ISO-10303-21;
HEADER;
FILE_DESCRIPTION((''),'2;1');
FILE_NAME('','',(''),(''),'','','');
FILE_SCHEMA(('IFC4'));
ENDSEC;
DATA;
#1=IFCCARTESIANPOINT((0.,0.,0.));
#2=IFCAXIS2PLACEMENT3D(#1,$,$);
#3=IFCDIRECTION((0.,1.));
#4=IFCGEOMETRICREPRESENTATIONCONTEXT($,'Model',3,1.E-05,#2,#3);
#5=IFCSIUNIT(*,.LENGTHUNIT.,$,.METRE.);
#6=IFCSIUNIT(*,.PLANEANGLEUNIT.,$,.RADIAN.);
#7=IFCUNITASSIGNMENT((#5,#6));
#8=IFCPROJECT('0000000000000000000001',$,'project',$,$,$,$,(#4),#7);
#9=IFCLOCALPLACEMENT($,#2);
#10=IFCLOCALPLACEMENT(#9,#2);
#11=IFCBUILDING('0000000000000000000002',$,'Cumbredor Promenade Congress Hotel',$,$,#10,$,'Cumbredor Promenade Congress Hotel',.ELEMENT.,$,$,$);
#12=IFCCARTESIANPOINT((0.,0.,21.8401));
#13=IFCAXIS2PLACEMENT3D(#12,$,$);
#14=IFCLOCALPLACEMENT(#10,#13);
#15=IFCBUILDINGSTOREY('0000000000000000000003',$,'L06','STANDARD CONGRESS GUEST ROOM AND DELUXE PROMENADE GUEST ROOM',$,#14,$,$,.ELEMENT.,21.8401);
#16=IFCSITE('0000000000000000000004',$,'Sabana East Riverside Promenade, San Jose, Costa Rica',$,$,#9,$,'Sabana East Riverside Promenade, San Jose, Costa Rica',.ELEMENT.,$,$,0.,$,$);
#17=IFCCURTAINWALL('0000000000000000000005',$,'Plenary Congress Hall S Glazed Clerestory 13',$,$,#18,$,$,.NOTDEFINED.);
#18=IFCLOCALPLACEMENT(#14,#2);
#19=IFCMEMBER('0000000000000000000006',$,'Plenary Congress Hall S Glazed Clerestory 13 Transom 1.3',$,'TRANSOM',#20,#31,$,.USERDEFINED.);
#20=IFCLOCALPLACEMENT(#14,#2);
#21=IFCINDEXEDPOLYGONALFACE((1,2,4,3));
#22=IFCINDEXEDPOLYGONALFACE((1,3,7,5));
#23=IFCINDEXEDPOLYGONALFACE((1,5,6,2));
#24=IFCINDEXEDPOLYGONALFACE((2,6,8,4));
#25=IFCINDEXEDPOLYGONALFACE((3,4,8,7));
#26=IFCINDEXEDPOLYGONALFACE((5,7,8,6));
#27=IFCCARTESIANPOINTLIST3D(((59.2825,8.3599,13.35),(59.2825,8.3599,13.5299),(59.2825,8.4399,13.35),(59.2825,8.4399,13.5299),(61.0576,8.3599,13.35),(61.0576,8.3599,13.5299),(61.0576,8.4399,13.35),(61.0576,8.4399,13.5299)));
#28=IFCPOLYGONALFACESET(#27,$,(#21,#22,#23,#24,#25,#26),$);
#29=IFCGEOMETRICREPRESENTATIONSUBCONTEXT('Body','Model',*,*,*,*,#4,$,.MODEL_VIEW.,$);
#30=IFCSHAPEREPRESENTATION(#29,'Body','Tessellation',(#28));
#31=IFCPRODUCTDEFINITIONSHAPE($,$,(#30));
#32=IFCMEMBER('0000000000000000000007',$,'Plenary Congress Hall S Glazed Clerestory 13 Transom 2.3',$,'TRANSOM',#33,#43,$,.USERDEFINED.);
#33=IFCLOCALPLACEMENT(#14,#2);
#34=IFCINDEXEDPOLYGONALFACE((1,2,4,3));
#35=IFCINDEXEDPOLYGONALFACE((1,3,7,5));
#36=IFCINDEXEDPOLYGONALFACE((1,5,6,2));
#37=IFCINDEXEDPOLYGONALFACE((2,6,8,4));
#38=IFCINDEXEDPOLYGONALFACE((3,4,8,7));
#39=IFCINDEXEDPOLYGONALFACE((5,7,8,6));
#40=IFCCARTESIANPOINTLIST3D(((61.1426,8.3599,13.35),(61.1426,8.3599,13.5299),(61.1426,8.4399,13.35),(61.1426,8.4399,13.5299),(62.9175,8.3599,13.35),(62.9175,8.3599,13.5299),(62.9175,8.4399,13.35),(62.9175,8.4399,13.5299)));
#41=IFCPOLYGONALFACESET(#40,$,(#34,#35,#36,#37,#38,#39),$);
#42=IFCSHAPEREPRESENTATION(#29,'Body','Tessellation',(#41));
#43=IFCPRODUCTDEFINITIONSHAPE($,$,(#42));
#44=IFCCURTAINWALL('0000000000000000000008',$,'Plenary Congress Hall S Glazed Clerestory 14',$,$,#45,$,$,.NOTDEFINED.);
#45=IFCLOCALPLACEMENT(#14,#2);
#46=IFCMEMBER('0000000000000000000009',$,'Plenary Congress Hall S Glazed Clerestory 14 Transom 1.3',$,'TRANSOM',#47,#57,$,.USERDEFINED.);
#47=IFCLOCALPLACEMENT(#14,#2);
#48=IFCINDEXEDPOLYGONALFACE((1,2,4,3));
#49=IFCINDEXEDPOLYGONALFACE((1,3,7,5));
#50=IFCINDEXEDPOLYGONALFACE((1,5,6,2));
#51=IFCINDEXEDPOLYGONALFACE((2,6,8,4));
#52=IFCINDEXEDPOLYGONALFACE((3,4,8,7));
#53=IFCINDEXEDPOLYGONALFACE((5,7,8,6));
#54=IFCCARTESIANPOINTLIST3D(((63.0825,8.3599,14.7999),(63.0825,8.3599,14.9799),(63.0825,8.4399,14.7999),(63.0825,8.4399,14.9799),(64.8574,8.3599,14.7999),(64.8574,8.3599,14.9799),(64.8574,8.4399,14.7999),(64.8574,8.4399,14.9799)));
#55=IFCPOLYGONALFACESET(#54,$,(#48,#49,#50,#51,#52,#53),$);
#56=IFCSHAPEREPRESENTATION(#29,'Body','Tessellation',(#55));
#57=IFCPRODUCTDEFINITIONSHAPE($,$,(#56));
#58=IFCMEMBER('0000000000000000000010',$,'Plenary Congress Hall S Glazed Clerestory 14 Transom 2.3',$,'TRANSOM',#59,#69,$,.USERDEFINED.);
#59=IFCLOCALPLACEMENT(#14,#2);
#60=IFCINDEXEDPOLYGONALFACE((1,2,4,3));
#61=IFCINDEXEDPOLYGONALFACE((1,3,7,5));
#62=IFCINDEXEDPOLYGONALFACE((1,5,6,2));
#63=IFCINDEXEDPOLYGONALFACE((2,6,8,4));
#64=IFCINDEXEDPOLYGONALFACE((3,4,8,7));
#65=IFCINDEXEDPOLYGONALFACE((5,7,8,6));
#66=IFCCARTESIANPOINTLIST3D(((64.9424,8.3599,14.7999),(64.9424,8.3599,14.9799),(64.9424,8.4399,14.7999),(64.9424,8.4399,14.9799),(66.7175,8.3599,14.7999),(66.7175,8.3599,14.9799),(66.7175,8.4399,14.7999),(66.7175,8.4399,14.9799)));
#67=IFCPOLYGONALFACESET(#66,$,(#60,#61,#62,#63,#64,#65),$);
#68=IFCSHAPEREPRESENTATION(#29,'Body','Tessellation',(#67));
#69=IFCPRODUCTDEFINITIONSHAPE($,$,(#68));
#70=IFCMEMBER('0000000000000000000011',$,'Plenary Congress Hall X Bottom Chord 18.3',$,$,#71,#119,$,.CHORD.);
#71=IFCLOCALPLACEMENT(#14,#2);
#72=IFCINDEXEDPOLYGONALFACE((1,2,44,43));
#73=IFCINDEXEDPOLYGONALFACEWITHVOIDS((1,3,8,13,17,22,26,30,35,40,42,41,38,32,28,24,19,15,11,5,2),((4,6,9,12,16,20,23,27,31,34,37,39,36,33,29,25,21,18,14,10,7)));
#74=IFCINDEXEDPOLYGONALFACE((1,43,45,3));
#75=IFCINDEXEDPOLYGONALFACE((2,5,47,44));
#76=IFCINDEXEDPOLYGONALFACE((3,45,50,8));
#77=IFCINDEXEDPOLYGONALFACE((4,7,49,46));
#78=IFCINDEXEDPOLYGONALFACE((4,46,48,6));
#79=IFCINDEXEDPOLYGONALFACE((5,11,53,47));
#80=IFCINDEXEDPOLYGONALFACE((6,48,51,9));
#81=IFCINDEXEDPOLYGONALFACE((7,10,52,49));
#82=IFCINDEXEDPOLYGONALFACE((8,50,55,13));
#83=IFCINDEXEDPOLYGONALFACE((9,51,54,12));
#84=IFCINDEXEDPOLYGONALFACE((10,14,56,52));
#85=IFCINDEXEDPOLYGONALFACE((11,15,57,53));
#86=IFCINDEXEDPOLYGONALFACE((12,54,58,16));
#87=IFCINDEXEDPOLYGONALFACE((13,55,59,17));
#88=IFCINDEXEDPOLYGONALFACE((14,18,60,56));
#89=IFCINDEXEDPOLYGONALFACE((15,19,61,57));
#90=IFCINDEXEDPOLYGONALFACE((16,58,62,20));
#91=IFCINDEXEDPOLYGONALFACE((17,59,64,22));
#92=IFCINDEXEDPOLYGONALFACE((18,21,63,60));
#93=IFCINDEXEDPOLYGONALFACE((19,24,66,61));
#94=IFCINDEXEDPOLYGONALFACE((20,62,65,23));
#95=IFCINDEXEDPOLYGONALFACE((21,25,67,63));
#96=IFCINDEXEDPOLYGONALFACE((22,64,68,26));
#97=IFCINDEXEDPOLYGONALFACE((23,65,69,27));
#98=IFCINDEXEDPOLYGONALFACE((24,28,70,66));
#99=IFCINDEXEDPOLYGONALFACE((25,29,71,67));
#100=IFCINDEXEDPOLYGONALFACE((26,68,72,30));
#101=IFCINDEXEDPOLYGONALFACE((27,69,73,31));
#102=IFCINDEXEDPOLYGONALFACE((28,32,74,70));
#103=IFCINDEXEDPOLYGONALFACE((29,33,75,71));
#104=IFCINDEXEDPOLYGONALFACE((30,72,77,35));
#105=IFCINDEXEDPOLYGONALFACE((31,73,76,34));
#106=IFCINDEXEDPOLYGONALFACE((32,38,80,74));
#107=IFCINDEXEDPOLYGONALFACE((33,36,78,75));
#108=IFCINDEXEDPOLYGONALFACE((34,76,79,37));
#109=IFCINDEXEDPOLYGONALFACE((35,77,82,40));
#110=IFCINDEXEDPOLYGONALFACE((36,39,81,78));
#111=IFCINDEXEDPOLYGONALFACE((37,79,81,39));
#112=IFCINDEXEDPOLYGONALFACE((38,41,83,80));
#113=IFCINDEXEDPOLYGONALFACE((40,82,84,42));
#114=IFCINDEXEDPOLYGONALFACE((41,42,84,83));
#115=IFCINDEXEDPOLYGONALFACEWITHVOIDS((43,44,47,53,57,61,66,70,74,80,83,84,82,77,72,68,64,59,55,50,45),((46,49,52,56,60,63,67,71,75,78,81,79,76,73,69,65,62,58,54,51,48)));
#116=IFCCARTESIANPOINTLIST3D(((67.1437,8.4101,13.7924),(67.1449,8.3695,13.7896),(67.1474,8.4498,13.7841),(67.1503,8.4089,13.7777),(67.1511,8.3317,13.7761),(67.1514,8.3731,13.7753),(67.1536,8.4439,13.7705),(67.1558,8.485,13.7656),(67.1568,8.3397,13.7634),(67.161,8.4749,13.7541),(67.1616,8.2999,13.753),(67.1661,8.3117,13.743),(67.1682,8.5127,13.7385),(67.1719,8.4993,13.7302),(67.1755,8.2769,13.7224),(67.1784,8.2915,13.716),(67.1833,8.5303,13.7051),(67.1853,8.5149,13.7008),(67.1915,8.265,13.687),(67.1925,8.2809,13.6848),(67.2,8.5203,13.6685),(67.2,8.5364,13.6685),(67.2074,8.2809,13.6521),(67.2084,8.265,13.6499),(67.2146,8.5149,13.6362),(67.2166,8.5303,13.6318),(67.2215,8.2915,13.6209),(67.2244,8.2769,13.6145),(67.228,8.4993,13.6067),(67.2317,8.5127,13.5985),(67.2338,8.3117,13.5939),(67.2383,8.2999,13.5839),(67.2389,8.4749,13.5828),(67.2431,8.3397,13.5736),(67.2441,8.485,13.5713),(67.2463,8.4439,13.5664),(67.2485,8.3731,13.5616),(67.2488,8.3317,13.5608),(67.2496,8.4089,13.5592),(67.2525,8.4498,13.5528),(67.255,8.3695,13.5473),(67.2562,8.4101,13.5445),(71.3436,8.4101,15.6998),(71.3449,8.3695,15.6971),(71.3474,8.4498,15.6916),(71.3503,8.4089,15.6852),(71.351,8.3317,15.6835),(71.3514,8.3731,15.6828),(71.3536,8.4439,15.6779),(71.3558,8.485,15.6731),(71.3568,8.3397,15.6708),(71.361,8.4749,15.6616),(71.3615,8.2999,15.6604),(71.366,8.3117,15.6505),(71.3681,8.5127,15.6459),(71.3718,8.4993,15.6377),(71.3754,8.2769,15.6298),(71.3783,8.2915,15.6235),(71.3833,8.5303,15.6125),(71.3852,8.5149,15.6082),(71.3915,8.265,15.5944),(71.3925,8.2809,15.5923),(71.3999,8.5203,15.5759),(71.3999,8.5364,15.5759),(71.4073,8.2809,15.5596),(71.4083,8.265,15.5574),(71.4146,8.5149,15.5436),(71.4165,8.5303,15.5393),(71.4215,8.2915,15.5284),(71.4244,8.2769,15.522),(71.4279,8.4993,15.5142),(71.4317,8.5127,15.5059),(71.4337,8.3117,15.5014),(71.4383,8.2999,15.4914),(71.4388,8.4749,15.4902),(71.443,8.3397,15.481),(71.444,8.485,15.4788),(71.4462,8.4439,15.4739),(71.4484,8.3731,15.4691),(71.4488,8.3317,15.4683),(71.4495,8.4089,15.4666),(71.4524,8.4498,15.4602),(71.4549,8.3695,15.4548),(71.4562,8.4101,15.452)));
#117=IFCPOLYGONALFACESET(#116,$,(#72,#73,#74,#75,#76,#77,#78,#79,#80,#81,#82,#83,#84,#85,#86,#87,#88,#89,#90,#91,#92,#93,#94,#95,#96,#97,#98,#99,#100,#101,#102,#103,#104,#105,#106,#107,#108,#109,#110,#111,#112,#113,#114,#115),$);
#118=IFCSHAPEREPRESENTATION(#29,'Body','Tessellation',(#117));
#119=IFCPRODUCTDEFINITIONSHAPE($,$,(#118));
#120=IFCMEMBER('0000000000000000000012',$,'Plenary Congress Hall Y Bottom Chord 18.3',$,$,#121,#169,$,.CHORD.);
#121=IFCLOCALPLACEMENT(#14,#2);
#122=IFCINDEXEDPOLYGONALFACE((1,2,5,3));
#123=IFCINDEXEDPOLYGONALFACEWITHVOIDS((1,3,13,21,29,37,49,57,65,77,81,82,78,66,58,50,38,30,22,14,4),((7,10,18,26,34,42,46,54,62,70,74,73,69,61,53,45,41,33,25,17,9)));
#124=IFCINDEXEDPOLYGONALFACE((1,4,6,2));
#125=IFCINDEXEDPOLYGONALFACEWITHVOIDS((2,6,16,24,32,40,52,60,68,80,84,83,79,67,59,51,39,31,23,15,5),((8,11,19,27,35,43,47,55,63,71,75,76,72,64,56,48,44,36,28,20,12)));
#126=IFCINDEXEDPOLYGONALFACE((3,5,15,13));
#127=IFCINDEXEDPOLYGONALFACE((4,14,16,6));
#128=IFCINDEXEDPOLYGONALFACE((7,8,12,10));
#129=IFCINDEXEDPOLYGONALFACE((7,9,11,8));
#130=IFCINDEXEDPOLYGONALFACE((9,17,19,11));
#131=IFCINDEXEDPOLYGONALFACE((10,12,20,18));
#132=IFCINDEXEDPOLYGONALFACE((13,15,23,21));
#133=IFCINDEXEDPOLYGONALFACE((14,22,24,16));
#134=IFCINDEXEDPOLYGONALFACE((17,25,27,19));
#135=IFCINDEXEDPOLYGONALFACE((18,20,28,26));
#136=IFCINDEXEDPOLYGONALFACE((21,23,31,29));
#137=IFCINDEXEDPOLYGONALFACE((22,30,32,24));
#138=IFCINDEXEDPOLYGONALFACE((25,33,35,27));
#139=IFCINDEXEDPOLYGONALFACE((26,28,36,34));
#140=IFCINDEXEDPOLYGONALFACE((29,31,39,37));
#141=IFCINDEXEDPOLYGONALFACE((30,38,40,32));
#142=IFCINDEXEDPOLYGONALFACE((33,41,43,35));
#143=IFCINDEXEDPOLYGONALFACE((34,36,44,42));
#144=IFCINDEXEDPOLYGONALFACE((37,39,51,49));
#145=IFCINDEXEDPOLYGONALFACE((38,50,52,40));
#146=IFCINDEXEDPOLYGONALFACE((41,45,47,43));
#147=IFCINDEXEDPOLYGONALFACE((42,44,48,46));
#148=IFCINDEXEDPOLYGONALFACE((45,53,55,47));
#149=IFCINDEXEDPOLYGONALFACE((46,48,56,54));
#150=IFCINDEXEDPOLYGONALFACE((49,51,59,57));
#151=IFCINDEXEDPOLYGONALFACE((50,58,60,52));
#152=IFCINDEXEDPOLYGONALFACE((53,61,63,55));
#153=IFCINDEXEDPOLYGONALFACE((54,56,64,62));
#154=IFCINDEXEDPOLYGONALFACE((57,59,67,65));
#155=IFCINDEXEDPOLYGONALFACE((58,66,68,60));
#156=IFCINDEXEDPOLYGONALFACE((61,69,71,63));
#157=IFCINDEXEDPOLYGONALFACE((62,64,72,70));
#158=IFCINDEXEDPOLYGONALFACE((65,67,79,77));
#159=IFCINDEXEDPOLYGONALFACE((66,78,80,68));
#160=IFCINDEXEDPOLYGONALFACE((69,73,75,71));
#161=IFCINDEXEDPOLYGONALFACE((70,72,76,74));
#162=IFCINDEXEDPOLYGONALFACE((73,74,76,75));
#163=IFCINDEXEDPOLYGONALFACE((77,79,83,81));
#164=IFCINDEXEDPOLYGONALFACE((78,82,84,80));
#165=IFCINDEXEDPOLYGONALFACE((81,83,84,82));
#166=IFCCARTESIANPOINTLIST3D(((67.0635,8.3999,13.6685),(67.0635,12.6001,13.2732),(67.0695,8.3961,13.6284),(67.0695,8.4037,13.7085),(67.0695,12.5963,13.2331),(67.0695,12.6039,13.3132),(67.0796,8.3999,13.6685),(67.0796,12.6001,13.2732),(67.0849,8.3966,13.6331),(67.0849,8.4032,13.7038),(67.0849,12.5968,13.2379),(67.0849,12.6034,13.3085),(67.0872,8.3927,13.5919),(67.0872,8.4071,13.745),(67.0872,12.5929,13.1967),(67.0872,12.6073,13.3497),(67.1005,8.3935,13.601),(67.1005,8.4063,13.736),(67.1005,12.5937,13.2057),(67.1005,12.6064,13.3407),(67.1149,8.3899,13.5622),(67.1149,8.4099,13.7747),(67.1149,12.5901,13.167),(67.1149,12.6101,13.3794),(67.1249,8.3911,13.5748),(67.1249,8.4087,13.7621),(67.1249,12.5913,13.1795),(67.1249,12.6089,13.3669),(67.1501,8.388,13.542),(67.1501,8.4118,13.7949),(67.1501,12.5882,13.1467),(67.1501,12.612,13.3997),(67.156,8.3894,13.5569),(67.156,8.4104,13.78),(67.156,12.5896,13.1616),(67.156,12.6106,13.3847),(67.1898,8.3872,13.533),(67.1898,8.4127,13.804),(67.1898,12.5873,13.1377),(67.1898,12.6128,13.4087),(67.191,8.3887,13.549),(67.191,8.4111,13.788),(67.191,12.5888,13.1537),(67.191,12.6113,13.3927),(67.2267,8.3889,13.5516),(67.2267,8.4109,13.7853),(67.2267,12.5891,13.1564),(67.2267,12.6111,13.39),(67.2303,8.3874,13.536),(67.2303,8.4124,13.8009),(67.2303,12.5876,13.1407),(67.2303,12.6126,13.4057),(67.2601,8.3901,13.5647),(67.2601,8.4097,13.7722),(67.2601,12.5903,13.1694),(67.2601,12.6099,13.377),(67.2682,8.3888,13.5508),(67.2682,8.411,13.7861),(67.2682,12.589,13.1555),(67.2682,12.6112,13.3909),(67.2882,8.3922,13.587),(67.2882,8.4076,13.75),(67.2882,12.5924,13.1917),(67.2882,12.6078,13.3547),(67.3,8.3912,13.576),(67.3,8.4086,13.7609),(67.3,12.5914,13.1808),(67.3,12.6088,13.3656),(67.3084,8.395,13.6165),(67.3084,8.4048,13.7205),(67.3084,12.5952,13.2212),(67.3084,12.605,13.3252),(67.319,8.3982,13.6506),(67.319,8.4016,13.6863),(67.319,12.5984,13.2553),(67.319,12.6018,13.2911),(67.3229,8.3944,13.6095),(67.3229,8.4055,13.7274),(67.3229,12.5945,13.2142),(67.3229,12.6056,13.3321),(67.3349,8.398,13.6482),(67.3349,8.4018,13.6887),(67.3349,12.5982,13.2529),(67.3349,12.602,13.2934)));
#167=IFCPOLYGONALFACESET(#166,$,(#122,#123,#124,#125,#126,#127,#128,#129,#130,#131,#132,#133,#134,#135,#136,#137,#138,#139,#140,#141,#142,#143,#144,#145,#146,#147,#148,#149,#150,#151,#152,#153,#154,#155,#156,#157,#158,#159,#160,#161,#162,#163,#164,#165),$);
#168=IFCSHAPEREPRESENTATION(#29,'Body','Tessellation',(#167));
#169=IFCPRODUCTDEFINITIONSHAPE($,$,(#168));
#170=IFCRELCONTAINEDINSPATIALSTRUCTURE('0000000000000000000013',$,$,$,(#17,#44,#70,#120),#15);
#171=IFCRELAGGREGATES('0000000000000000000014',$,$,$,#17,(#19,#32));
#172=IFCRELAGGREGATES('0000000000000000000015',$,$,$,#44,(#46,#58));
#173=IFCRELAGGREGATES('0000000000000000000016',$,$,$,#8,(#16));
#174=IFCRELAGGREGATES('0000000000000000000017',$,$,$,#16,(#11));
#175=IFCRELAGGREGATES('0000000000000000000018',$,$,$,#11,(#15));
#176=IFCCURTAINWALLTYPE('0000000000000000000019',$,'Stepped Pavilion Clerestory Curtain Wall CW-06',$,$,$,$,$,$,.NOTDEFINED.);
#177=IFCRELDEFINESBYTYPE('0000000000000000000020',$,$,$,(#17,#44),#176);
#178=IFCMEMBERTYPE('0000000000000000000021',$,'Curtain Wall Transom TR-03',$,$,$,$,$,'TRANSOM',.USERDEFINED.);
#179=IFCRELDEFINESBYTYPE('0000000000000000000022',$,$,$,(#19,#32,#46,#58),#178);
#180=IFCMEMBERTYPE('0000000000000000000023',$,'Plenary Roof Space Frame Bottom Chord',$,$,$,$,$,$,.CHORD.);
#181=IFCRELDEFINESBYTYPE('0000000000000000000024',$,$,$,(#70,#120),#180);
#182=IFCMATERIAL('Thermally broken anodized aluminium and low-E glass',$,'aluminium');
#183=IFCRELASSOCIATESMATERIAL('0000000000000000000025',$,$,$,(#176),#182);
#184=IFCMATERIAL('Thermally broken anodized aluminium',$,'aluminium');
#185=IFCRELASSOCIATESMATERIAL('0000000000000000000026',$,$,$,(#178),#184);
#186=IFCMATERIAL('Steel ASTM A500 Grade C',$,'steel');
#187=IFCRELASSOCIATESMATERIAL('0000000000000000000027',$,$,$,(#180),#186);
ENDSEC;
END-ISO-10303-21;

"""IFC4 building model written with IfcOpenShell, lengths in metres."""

from ifc_helpers import new_model, si_unit, direction, frame, origin, origin_2d, place, context, subcontext, project, spatial, rectangle, hollow_circle, extrude, material, material_profile, profile_set, type_object, element, aggregate, save


model = new_model("IFC4")

# Units and contexts
model_context = context("Model", 3, precision=1e-05, world=origin(), true_north=direction((0.0, 1.0)))
body_context = subcontext(model_context, "Body", "Model", "MODEL_VIEW")
ifc_project = project(units=[si_unit("LENGTHUNIT", "METRE"), si_unit("PLANEANGLEUNIT", "RADIAN")], contexts=[model_context])

# Site, building, storey
site_placement = place(None, origin())
site = spatial("IfcSite", under=ifc_project, at=site_placement, Name="Sabana East Riverside Promenade, San Jose, Costa Rica", LongName="Sabana East Riverside Promenade, San Jose, Costa Rica", CompositionType="ELEMENT", RefElevation=0.0)
building_placement = place(site_placement, origin())
building = spatial("IfcBuilding", under=site, at=building_placement, Name="Cumbredor Promenade Congress Hotel", LongName="Cumbredor Promenade Congress Hotel", CompositionType="ELEMENT")
storey_placement = place(building_placement, frame((0.0, 0.0, 21.8401)))
storey = spatial("IfcBuildingStorey", under=building, at=storey_placement, Name="L06", Description="STANDARD CONGRESS GUEST ROOM AND DELUXE PROMENADE GUEST ROOM", CompositionType="ELEMENT", Elevation=21.8401)

# Curtain walls, members
ifc_material_1 = material(Name="Thermally broken anodized aluminium and low-E glass", Category="aluminium")
curtain_wall_type = type_object("IfcCurtainWallType", Name="Stepped Pavilion Clerestory Curtain Wall CW-06", PredefinedType="NOTDEFINED", material=ifc_material_1)
curtain_wall_1_placement = place(storey_placement, origin())
curtain_wall_1 = element("IfcCurtainWall", 1, at=curtain_wall_1_placement, inside=storey, type_object=curtain_wall_type, Name="Plenary Congress Hall S Glazed Clerestory 13", PredefinedType="NOTDEFINED")
ifc_material_2 = material(Name="Thermally broken anodized aluminium", Category="aluminium")
ifc_material_profile_1 = material_profile(ifc_material_2, rectangle(XDim=0.0801, YDim=0.1799, at=origin_2d()), Name="ALU TRANSOM 80x180")
ifc_profile_set_1 = profile_set([ifc_material_profile_1], Name="Thermally broken anodized aluminium")
member_type_1 = type_object("IfcMemberType", Name="Curtain Wall Transom TR-03", ElementType="TRANSOM", PredefinedType="USERDEFINED", material=ifc_profile_set_1)
member_1_placement = place(storey_placement, frame((59.2825, 8.3999, 13.4399), z_axis=(1.0, 0.0, 0.0), x_axis=(0.0, 1.0, 0.0)))
member_1 = element("IfcMember", 2, at=member_1_placement, type_object=member_type_1, Name="Plenary Congress Hall S Glazed Clerestory 13 Transom 1.3", ObjectType="TRANSOM", PredefinedType="USERDEFINED", context=body_context, shape_type="SweptSolid", body=[
    extrude(rectangle(XDim=0.0801, YDim=0.1799, at=origin_2d()), origin(), (0.0, 0.0, 1.0), 1.7751),
])
member_2_placement = place(storey_placement, frame((61.1426, 8.3999, 13.4399), z_axis=(1.0, 0.0, 0.0), x_axis=(0.0, 1.0, 0.0)))
member_2 = element("IfcMember", 3, at=member_2_placement, type_object=member_type_1, Name="Plenary Congress Hall S Glazed Clerestory 13 Transom 2.3", ObjectType="TRANSOM", PredefinedType="USERDEFINED", context=body_context, shape_type="SweptSolid", body=[
    extrude(rectangle(XDim=0.0801, YDim=0.1799, at=origin_2d()), origin(), (0.0, 0.0, 1.0), 1.7749),
])
aggregate(curtain_wall_1, [member_1, member_2])
curtain_wall_2_placement = place(storey_placement, origin())
curtain_wall_2 = element("IfcCurtainWall", 4, at=curtain_wall_2_placement, inside=storey, type_object=curtain_wall_type, Name="Plenary Congress Hall S Glazed Clerestory 14", PredefinedType="NOTDEFINED")
member_3_placement = place(storey_placement, frame((63.0825, 8.3999, 14.8899), z_axis=(1.0, 0.0, 0.0), x_axis=(0.0, 1.0, 0.0)))
member_3 = element("IfcMember", 5, at=member_3_placement, type_object=member_type_1, Name="Plenary Congress Hall S Glazed Clerestory 14 Transom 1.3", ObjectType="TRANSOM", PredefinedType="USERDEFINED", context=body_context, shape_type="SweptSolid", body=[
    extrude(rectangle(XDim=0.0801, YDim=0.1799, at=origin_2d()), origin(), (0.0, 0.0, 1.0), 1.7749),
])
member_4_placement = place(storey_placement, frame((64.9424, 8.3999, 14.8899), z_axis=(1.0, 0.0, 0.0), x_axis=(0.0, 1.0, 0.0)))
member_4 = element("IfcMember", 6, at=member_4_placement, type_object=member_type_1, Name="Plenary Congress Hall S Glazed Clerestory 14 Transom 2.3", ObjectType="TRANSOM", PredefinedType="USERDEFINED", context=body_context, shape_type="SweptSolid", body=[
    extrude(rectangle(XDim=0.0801, YDim=0.1799, at=origin_2d()), origin(), (0.0, 0.0, 1.0), 1.7751),
])
aggregate(curtain_wall_2, [member_3, member_4])

# Members
ifc_material_3 = material(Name="Steel ASTM A500 Grade C", Category="steel")
ifc_material_profile_2 = material_profile(ifc_material_3, hollow_circle(Radius=0.1365, WallThickness=0.0161, at=origin_2d()), Name="CHS 273.0x16")
ifc_profile_set_2 = profile_set([ifc_material_profile_2], Name="Steel ASTM A500 Grade C")
member_type_2 = type_object("IfcMemberType", Name="Plenary Roof Space Frame Bottom Chord", PredefinedType="CHORD", material=ifc_profile_set_2)
member_5_placement = place(storey_placement, frame((67.2, 8.3999, 13.6685), z_axis=(0.910497, 0.0, 0.413516), x_axis=(0.0, 1.0, 0.0)))
element("IfcMember", 7, at=member_5_placement, inside=storey, type_object=member_type_2, Name="Plenary Congress Hall X Bottom Chord 18.3", PredefinedType="CHORD", context=body_context, shape_type="SweptSolid", body=[
    extrude(hollow_circle(Radius=0.1365, WallThickness=0.0161, at=origin_2d()), origin(), (0.0, 0.0, 1.0), 4.6128),
])
member_6_placement = place(storey_placement, frame((67.2, 8.3999, 13.6685), z_axis=(0.0, 0.995601, -0.093692), x_axis=(-1.0, 0.0, 0.0)))
element("IfcMember", 8, at=member_6_placement, inside=storey, type_object=member_type_2, Name="Plenary Congress Hall Y Bottom Chord 18.3", PredefinedType="CHORD", context=body_context, shape_type="SweptSolid", body=[
    extrude(hollow_circle(Radius=0.1365, WallThickness=0.0161, at=origin_2d()), origin(), (0.0, 0.0, 1.0), 4.2188),
])

save(model, "model.ifc")
